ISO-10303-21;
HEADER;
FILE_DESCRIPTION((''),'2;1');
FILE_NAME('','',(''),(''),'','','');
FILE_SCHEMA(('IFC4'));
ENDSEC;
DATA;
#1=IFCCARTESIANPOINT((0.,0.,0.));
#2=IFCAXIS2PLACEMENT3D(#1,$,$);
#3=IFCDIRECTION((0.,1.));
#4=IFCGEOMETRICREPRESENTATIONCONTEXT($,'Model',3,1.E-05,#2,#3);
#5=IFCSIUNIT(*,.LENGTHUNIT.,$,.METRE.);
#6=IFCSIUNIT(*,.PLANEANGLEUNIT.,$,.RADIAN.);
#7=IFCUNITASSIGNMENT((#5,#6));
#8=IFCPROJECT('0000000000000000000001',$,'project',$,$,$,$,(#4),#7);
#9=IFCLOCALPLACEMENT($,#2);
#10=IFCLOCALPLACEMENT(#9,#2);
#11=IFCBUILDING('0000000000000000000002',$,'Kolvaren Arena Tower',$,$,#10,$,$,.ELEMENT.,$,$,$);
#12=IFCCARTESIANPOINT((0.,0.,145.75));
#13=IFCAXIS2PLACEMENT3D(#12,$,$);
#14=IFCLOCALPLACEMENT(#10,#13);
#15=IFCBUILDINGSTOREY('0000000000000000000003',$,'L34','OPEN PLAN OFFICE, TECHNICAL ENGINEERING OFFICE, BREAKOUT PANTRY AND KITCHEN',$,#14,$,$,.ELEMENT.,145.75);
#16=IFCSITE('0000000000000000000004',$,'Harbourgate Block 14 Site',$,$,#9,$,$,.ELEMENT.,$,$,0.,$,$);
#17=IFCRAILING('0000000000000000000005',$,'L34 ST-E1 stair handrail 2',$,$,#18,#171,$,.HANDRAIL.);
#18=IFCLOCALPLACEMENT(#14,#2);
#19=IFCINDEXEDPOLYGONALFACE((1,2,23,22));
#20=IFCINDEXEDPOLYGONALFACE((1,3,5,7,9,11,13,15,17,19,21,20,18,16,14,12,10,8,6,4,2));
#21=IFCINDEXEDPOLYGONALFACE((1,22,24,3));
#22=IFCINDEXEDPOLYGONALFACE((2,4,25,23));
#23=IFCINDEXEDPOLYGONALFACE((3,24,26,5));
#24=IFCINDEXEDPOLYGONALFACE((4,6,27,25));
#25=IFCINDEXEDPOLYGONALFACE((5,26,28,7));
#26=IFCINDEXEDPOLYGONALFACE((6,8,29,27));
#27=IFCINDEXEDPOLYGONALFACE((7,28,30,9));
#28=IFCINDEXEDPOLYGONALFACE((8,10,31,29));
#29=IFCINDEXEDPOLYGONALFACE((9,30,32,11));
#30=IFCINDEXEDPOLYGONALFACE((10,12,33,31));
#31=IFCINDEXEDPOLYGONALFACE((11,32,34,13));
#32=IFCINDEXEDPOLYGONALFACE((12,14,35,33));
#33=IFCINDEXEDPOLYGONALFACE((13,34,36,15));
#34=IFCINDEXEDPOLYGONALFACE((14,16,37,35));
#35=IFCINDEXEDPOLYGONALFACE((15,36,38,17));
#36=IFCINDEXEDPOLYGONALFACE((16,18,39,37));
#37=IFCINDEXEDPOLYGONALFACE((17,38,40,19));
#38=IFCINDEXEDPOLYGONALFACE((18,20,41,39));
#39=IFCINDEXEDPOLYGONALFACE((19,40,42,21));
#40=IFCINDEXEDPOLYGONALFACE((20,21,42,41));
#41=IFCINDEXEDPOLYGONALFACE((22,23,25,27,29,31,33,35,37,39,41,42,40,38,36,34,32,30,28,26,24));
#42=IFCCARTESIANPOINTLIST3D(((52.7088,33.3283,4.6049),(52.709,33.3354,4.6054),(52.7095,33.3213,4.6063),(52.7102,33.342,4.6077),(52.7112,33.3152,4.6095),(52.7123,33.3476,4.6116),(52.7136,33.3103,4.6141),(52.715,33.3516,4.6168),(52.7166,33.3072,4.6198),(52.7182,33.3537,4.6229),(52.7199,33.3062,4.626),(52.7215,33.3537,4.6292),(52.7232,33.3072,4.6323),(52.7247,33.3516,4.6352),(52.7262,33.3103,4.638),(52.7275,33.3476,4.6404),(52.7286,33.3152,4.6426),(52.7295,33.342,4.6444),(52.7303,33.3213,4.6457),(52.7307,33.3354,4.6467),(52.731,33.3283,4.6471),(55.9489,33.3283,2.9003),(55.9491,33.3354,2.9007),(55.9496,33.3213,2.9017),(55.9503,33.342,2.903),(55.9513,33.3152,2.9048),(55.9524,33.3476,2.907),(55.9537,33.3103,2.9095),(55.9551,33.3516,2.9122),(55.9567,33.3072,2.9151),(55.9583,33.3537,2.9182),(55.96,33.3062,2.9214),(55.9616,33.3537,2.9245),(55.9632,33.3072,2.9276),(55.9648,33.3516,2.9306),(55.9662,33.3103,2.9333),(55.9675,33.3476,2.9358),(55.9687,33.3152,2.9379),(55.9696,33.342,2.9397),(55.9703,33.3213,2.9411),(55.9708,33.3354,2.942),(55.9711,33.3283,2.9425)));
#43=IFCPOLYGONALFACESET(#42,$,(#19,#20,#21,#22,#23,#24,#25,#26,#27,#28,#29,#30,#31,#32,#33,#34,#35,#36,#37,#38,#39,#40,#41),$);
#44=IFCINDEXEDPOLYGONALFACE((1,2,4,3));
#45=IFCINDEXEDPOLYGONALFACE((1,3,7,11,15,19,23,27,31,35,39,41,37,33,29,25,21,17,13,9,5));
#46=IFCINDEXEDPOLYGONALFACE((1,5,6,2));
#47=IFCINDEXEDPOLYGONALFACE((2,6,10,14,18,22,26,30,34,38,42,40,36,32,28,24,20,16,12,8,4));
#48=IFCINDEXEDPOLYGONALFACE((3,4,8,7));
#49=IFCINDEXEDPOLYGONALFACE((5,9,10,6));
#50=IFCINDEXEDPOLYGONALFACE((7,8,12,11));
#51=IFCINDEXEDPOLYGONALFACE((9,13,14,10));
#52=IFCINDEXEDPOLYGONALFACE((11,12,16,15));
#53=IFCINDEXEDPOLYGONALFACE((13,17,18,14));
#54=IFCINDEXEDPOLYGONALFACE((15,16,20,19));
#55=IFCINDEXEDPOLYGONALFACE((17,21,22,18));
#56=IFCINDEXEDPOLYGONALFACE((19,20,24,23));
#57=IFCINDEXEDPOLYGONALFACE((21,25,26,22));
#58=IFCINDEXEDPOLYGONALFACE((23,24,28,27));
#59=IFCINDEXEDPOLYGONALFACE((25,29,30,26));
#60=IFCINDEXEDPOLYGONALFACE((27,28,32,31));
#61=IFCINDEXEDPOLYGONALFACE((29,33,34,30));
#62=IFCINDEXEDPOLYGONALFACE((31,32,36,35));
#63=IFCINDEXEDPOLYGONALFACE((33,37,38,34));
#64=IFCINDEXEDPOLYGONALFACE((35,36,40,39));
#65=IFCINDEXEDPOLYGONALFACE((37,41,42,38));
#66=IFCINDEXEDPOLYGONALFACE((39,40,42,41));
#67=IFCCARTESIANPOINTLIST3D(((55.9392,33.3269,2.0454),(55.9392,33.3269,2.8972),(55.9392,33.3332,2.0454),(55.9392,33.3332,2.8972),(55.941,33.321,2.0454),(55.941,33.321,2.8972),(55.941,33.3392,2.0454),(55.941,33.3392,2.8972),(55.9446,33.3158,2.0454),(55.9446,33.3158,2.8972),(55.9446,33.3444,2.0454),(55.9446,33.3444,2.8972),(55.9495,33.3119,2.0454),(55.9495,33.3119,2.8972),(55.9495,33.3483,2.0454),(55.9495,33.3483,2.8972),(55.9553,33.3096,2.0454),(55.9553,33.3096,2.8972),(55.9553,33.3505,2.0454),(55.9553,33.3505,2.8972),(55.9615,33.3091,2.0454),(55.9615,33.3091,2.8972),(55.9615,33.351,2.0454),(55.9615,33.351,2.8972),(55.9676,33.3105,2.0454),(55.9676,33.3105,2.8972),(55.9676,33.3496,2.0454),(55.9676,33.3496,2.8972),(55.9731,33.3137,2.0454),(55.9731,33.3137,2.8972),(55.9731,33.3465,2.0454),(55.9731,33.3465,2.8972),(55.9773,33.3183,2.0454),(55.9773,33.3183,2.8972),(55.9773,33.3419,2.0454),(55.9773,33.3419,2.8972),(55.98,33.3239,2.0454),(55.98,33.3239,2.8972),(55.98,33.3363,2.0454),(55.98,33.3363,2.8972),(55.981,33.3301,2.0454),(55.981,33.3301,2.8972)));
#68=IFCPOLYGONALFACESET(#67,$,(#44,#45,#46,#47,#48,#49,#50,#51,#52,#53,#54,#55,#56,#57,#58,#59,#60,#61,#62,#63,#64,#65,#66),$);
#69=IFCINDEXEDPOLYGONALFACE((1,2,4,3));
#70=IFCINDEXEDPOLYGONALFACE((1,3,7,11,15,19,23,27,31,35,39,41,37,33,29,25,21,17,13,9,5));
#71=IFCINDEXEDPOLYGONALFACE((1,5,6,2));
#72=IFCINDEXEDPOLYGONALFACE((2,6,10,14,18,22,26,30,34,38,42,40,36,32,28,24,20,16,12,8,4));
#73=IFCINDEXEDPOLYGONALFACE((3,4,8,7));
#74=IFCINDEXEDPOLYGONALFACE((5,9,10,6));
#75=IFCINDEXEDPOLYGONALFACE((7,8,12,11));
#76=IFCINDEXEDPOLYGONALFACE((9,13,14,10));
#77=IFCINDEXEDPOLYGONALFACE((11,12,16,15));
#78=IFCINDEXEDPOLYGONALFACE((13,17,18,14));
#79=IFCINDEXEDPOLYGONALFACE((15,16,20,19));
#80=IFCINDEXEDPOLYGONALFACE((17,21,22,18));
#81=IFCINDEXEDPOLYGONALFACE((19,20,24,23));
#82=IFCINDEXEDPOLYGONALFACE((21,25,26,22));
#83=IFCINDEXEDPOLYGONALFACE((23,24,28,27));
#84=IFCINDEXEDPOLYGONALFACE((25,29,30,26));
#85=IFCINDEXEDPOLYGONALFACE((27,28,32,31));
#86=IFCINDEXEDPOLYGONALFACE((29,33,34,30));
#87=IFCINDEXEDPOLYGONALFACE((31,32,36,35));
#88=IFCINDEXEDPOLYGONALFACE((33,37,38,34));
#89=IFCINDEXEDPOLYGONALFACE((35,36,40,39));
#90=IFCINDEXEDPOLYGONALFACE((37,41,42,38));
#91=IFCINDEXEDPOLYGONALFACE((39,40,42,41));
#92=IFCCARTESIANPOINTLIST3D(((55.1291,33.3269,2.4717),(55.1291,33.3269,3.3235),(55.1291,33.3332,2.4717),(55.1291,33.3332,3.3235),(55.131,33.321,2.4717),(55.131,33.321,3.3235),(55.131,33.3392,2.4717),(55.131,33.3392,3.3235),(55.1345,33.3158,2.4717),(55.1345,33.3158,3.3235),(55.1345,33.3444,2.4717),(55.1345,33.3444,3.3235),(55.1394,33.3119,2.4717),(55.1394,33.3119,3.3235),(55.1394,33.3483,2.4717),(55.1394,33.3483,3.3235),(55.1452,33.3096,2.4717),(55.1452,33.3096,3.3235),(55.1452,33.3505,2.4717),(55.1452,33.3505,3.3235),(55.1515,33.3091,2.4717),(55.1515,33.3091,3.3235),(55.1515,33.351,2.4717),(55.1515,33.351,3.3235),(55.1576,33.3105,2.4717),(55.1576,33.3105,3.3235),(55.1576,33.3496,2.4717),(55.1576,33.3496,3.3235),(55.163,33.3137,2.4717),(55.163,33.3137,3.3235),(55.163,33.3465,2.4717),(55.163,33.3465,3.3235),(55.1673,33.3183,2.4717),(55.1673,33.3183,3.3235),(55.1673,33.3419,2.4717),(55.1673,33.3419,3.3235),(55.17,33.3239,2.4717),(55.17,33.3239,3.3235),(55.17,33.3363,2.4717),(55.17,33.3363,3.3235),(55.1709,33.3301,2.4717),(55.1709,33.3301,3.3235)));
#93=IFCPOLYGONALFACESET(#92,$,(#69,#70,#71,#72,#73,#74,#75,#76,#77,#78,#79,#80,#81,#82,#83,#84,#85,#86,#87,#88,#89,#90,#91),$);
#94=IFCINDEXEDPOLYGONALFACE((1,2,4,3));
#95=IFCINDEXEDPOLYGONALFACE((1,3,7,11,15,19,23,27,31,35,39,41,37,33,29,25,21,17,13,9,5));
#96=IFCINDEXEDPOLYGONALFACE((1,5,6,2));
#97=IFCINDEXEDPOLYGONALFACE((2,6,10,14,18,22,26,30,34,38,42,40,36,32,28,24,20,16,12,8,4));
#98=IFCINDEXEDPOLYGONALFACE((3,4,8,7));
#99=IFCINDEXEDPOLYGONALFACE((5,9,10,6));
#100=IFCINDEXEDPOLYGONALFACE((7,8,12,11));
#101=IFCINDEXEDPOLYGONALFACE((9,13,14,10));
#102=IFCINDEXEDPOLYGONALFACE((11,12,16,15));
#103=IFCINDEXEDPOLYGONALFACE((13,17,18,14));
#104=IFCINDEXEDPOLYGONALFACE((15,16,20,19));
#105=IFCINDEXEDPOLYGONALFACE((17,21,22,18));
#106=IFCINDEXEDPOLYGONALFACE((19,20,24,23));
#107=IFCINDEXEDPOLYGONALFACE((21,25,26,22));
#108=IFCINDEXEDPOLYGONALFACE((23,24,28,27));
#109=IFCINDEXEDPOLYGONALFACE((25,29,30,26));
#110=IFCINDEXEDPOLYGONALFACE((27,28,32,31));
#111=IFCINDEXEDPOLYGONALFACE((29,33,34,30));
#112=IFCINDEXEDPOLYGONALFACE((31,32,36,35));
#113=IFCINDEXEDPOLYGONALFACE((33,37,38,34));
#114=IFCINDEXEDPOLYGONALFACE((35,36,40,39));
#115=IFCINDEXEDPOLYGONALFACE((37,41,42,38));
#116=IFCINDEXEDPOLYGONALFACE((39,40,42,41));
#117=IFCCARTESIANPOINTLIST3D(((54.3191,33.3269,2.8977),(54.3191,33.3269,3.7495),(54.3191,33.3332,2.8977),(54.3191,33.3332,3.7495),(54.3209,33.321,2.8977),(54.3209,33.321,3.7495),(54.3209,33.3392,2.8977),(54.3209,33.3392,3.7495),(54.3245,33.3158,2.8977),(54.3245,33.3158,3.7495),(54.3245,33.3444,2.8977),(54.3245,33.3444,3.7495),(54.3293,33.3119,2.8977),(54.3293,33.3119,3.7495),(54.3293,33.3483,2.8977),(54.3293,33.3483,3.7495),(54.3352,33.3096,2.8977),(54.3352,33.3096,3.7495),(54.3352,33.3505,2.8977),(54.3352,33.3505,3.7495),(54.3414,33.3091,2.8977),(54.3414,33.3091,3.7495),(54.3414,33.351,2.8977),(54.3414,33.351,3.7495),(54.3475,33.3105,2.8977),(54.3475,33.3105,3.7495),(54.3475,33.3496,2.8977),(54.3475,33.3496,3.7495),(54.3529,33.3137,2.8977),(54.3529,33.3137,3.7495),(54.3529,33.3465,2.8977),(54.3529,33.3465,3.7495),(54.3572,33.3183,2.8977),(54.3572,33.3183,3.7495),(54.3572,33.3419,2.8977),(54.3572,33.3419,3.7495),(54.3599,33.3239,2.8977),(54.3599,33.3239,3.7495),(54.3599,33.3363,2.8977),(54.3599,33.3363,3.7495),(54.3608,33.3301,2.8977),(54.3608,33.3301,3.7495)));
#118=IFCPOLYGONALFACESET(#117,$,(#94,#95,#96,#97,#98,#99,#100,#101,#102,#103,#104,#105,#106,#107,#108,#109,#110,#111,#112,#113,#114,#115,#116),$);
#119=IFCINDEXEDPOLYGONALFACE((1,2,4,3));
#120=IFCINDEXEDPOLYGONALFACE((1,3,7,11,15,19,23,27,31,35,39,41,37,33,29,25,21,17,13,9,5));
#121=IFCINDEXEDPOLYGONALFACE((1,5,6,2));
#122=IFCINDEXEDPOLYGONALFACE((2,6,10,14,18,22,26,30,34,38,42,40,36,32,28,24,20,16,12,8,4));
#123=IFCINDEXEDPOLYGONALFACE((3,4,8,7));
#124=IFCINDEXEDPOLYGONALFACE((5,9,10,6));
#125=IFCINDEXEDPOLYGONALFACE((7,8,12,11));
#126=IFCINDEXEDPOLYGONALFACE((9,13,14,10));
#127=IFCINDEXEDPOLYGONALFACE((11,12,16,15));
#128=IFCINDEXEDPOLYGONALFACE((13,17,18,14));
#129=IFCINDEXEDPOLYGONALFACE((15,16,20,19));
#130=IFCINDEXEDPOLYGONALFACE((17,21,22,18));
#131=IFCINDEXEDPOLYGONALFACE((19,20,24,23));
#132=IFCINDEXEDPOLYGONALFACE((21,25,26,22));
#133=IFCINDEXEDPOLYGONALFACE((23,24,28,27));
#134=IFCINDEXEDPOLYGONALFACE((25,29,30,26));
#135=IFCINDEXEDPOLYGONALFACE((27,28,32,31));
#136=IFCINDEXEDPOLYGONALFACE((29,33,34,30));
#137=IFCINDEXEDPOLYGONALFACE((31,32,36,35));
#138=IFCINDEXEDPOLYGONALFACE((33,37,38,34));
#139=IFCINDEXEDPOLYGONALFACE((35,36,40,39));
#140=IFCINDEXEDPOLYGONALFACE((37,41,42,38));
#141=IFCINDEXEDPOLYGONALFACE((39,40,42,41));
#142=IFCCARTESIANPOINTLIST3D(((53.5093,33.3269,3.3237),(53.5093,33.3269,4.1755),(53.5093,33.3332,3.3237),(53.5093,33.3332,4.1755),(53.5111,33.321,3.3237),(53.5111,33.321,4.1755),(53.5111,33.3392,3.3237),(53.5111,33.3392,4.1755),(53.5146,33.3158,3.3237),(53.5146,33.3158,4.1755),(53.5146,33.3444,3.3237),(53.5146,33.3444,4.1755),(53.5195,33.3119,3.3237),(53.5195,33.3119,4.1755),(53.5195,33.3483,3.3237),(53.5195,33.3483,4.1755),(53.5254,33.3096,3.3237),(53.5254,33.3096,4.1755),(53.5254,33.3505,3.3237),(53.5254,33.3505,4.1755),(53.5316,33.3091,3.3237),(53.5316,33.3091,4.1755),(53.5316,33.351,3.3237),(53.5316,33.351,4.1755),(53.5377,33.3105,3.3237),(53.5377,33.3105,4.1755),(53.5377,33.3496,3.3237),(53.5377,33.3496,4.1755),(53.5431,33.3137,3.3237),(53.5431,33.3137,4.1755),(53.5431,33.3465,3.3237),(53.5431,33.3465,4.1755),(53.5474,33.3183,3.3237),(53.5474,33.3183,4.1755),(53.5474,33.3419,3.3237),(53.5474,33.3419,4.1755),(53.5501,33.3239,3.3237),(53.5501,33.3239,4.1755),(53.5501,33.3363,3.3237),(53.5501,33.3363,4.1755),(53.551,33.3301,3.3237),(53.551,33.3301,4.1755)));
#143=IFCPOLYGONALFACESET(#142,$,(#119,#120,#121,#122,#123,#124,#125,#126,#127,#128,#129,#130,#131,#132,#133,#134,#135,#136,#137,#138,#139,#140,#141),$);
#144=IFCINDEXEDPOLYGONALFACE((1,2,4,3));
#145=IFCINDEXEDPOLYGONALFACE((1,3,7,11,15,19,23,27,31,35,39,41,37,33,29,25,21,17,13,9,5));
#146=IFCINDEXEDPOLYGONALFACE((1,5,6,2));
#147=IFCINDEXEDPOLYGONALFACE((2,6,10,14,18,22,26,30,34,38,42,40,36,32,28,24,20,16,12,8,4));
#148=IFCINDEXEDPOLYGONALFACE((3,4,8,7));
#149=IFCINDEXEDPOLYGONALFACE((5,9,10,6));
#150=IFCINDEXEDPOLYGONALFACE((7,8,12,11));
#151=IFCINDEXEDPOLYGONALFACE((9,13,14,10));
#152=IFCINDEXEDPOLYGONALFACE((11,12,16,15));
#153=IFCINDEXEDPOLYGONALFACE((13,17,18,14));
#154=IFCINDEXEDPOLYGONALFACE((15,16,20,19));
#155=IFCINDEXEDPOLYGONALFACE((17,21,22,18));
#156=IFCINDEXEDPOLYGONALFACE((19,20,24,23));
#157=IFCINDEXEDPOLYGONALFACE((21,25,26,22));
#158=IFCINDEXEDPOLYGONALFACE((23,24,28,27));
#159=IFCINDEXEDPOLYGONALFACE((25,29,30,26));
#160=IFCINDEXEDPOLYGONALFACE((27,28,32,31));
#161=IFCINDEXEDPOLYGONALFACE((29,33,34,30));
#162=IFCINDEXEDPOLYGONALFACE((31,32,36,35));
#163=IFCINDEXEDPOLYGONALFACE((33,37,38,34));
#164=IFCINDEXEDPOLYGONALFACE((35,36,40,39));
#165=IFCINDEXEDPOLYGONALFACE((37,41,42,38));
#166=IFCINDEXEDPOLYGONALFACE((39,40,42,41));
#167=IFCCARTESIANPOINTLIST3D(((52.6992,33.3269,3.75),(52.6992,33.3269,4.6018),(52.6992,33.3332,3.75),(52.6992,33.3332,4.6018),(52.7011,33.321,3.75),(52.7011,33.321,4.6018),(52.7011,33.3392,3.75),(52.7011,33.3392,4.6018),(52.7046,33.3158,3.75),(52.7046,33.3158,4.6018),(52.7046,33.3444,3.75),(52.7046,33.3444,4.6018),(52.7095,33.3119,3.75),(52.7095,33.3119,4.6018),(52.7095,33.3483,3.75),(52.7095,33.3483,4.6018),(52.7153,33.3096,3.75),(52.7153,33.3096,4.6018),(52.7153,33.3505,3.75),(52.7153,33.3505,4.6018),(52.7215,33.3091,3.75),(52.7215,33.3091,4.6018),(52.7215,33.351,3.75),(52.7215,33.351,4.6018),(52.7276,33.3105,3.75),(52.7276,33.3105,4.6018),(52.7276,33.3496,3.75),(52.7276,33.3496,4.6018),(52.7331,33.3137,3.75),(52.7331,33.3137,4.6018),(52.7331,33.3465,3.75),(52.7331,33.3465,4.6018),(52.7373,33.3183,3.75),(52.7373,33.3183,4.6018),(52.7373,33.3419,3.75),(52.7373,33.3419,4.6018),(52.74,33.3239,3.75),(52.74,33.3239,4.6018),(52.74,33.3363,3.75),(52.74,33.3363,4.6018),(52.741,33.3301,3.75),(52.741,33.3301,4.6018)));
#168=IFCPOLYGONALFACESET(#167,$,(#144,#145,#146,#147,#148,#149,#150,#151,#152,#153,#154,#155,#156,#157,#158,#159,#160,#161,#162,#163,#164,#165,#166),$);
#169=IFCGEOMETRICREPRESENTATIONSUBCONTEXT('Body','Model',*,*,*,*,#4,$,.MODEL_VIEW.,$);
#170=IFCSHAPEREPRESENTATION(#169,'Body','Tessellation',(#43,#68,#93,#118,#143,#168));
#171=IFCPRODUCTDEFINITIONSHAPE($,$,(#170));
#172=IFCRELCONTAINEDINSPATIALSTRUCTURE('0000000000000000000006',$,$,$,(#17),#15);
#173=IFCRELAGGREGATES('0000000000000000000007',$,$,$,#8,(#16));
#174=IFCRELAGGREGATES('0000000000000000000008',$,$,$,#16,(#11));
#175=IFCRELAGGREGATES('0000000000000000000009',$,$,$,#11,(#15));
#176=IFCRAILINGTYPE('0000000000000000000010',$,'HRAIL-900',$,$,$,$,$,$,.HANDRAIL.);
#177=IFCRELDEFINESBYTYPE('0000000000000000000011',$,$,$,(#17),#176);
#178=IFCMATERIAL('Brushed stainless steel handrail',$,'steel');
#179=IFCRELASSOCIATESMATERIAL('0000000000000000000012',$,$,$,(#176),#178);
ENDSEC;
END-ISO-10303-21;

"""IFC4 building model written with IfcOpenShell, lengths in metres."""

from ifc_helpers import new_model, si_unit, direction, frame, origin, origin_2d, place, context, subcontext, project, spatial, circle, extrude, material, type_object, element, save


model = new_model("IFC4")

# Units and contexts
model_context = context("Model", 3, precision=1e-05, world=origin(), true_north=direction((0.0, 1.0)))
body_context = subcontext(model_context, "Body", "Model", "MODEL_VIEW")
ifc_project = project(units=[si_unit("LENGTHUNIT", "METRE"), si_unit("PLANEANGLEUNIT", "RADIAN")], contexts=[model_context])

# Site, building, storey
site_placement = place(None, origin())
site = spatial("IfcSite", under=ifc_project, at=site_placement, Name="Harbourgate Block 14 Site", CompositionType="ELEMENT", RefElevation=0.0)
building_placement = place(site_placement, origin())
building = spatial("IfcBuilding", under=site, at=building_placement, Name="Kolvaren Arena Tower", CompositionType="ELEMENT")
storey_placement = place(building_placement, frame((0.0, 0.0, 145.75)))
storey = spatial("IfcBuildingStorey", under=building, at=storey_placement, Name="L34", Description="OPEN PLAN OFFICE, TECHNICAL ENGINEERING OFFICE, BREAKOUT PANTRY AND KITCHEN", CompositionType="ELEMENT", Elevation=145.75)

# Railing
ifc_material_1 = material(Name="Brushed stainless steel handrail", Category="steel")
railing_type_1 = type_object("IfcRailingType", Name="HRAIL-900", PredefinedType="HANDRAIL", material=ifc_material_1)
for number, where, name in (
    (1, (55.96, 33.3301, 2.0454), "L34 ST-E1 stair handrail 2"),
):
    element("IfcRailing", number, at=place(storey_placement, frame(where)), inside=storey, type_object=railing_type_1, Name=name, PredefinedType="HANDRAIL", context=body_context, shape_type="SweptSolid", body=[
        extrude(circle(Radius=0.0239, at=origin_2d()), frame((0.0, 0.0, 0.876), z_axis=(-0.884993, 0.0, 0.465604), x_axis=(0.0, -1.0, 0.0)), (0.0, 0.0, 1.0), 3.6611),
        extrude(circle(Radius=0.021, at=origin_2d()), origin(), (0.0, 0.0, 1.0), 0.8518),
        extrude(circle(Radius=0.021, at=origin_2d()), frame((-0.8101, 0.0, 0.4263)), (0.0, 0.0, 1.0), 0.8518),
        extrude(circle(Radius=0.021, at=origin_2d()), frame((-1.6201, 0.0, 0.8523)), (0.0, 0.0, 1.0), 0.8518),
        extrude(circle(Radius=0.021, at=origin_2d()), frame((-2.4299, 0.0, 1.2783)), (0.0, 0.0, 1.0), 0.8518),
        extrude(circle(Radius=0.021, at=origin_2d()), frame((-3.24, 0.0, 1.7046)), (0.0, 0.0, 1.0), 0.8518),
    ])

save(model, "model.ifc")
